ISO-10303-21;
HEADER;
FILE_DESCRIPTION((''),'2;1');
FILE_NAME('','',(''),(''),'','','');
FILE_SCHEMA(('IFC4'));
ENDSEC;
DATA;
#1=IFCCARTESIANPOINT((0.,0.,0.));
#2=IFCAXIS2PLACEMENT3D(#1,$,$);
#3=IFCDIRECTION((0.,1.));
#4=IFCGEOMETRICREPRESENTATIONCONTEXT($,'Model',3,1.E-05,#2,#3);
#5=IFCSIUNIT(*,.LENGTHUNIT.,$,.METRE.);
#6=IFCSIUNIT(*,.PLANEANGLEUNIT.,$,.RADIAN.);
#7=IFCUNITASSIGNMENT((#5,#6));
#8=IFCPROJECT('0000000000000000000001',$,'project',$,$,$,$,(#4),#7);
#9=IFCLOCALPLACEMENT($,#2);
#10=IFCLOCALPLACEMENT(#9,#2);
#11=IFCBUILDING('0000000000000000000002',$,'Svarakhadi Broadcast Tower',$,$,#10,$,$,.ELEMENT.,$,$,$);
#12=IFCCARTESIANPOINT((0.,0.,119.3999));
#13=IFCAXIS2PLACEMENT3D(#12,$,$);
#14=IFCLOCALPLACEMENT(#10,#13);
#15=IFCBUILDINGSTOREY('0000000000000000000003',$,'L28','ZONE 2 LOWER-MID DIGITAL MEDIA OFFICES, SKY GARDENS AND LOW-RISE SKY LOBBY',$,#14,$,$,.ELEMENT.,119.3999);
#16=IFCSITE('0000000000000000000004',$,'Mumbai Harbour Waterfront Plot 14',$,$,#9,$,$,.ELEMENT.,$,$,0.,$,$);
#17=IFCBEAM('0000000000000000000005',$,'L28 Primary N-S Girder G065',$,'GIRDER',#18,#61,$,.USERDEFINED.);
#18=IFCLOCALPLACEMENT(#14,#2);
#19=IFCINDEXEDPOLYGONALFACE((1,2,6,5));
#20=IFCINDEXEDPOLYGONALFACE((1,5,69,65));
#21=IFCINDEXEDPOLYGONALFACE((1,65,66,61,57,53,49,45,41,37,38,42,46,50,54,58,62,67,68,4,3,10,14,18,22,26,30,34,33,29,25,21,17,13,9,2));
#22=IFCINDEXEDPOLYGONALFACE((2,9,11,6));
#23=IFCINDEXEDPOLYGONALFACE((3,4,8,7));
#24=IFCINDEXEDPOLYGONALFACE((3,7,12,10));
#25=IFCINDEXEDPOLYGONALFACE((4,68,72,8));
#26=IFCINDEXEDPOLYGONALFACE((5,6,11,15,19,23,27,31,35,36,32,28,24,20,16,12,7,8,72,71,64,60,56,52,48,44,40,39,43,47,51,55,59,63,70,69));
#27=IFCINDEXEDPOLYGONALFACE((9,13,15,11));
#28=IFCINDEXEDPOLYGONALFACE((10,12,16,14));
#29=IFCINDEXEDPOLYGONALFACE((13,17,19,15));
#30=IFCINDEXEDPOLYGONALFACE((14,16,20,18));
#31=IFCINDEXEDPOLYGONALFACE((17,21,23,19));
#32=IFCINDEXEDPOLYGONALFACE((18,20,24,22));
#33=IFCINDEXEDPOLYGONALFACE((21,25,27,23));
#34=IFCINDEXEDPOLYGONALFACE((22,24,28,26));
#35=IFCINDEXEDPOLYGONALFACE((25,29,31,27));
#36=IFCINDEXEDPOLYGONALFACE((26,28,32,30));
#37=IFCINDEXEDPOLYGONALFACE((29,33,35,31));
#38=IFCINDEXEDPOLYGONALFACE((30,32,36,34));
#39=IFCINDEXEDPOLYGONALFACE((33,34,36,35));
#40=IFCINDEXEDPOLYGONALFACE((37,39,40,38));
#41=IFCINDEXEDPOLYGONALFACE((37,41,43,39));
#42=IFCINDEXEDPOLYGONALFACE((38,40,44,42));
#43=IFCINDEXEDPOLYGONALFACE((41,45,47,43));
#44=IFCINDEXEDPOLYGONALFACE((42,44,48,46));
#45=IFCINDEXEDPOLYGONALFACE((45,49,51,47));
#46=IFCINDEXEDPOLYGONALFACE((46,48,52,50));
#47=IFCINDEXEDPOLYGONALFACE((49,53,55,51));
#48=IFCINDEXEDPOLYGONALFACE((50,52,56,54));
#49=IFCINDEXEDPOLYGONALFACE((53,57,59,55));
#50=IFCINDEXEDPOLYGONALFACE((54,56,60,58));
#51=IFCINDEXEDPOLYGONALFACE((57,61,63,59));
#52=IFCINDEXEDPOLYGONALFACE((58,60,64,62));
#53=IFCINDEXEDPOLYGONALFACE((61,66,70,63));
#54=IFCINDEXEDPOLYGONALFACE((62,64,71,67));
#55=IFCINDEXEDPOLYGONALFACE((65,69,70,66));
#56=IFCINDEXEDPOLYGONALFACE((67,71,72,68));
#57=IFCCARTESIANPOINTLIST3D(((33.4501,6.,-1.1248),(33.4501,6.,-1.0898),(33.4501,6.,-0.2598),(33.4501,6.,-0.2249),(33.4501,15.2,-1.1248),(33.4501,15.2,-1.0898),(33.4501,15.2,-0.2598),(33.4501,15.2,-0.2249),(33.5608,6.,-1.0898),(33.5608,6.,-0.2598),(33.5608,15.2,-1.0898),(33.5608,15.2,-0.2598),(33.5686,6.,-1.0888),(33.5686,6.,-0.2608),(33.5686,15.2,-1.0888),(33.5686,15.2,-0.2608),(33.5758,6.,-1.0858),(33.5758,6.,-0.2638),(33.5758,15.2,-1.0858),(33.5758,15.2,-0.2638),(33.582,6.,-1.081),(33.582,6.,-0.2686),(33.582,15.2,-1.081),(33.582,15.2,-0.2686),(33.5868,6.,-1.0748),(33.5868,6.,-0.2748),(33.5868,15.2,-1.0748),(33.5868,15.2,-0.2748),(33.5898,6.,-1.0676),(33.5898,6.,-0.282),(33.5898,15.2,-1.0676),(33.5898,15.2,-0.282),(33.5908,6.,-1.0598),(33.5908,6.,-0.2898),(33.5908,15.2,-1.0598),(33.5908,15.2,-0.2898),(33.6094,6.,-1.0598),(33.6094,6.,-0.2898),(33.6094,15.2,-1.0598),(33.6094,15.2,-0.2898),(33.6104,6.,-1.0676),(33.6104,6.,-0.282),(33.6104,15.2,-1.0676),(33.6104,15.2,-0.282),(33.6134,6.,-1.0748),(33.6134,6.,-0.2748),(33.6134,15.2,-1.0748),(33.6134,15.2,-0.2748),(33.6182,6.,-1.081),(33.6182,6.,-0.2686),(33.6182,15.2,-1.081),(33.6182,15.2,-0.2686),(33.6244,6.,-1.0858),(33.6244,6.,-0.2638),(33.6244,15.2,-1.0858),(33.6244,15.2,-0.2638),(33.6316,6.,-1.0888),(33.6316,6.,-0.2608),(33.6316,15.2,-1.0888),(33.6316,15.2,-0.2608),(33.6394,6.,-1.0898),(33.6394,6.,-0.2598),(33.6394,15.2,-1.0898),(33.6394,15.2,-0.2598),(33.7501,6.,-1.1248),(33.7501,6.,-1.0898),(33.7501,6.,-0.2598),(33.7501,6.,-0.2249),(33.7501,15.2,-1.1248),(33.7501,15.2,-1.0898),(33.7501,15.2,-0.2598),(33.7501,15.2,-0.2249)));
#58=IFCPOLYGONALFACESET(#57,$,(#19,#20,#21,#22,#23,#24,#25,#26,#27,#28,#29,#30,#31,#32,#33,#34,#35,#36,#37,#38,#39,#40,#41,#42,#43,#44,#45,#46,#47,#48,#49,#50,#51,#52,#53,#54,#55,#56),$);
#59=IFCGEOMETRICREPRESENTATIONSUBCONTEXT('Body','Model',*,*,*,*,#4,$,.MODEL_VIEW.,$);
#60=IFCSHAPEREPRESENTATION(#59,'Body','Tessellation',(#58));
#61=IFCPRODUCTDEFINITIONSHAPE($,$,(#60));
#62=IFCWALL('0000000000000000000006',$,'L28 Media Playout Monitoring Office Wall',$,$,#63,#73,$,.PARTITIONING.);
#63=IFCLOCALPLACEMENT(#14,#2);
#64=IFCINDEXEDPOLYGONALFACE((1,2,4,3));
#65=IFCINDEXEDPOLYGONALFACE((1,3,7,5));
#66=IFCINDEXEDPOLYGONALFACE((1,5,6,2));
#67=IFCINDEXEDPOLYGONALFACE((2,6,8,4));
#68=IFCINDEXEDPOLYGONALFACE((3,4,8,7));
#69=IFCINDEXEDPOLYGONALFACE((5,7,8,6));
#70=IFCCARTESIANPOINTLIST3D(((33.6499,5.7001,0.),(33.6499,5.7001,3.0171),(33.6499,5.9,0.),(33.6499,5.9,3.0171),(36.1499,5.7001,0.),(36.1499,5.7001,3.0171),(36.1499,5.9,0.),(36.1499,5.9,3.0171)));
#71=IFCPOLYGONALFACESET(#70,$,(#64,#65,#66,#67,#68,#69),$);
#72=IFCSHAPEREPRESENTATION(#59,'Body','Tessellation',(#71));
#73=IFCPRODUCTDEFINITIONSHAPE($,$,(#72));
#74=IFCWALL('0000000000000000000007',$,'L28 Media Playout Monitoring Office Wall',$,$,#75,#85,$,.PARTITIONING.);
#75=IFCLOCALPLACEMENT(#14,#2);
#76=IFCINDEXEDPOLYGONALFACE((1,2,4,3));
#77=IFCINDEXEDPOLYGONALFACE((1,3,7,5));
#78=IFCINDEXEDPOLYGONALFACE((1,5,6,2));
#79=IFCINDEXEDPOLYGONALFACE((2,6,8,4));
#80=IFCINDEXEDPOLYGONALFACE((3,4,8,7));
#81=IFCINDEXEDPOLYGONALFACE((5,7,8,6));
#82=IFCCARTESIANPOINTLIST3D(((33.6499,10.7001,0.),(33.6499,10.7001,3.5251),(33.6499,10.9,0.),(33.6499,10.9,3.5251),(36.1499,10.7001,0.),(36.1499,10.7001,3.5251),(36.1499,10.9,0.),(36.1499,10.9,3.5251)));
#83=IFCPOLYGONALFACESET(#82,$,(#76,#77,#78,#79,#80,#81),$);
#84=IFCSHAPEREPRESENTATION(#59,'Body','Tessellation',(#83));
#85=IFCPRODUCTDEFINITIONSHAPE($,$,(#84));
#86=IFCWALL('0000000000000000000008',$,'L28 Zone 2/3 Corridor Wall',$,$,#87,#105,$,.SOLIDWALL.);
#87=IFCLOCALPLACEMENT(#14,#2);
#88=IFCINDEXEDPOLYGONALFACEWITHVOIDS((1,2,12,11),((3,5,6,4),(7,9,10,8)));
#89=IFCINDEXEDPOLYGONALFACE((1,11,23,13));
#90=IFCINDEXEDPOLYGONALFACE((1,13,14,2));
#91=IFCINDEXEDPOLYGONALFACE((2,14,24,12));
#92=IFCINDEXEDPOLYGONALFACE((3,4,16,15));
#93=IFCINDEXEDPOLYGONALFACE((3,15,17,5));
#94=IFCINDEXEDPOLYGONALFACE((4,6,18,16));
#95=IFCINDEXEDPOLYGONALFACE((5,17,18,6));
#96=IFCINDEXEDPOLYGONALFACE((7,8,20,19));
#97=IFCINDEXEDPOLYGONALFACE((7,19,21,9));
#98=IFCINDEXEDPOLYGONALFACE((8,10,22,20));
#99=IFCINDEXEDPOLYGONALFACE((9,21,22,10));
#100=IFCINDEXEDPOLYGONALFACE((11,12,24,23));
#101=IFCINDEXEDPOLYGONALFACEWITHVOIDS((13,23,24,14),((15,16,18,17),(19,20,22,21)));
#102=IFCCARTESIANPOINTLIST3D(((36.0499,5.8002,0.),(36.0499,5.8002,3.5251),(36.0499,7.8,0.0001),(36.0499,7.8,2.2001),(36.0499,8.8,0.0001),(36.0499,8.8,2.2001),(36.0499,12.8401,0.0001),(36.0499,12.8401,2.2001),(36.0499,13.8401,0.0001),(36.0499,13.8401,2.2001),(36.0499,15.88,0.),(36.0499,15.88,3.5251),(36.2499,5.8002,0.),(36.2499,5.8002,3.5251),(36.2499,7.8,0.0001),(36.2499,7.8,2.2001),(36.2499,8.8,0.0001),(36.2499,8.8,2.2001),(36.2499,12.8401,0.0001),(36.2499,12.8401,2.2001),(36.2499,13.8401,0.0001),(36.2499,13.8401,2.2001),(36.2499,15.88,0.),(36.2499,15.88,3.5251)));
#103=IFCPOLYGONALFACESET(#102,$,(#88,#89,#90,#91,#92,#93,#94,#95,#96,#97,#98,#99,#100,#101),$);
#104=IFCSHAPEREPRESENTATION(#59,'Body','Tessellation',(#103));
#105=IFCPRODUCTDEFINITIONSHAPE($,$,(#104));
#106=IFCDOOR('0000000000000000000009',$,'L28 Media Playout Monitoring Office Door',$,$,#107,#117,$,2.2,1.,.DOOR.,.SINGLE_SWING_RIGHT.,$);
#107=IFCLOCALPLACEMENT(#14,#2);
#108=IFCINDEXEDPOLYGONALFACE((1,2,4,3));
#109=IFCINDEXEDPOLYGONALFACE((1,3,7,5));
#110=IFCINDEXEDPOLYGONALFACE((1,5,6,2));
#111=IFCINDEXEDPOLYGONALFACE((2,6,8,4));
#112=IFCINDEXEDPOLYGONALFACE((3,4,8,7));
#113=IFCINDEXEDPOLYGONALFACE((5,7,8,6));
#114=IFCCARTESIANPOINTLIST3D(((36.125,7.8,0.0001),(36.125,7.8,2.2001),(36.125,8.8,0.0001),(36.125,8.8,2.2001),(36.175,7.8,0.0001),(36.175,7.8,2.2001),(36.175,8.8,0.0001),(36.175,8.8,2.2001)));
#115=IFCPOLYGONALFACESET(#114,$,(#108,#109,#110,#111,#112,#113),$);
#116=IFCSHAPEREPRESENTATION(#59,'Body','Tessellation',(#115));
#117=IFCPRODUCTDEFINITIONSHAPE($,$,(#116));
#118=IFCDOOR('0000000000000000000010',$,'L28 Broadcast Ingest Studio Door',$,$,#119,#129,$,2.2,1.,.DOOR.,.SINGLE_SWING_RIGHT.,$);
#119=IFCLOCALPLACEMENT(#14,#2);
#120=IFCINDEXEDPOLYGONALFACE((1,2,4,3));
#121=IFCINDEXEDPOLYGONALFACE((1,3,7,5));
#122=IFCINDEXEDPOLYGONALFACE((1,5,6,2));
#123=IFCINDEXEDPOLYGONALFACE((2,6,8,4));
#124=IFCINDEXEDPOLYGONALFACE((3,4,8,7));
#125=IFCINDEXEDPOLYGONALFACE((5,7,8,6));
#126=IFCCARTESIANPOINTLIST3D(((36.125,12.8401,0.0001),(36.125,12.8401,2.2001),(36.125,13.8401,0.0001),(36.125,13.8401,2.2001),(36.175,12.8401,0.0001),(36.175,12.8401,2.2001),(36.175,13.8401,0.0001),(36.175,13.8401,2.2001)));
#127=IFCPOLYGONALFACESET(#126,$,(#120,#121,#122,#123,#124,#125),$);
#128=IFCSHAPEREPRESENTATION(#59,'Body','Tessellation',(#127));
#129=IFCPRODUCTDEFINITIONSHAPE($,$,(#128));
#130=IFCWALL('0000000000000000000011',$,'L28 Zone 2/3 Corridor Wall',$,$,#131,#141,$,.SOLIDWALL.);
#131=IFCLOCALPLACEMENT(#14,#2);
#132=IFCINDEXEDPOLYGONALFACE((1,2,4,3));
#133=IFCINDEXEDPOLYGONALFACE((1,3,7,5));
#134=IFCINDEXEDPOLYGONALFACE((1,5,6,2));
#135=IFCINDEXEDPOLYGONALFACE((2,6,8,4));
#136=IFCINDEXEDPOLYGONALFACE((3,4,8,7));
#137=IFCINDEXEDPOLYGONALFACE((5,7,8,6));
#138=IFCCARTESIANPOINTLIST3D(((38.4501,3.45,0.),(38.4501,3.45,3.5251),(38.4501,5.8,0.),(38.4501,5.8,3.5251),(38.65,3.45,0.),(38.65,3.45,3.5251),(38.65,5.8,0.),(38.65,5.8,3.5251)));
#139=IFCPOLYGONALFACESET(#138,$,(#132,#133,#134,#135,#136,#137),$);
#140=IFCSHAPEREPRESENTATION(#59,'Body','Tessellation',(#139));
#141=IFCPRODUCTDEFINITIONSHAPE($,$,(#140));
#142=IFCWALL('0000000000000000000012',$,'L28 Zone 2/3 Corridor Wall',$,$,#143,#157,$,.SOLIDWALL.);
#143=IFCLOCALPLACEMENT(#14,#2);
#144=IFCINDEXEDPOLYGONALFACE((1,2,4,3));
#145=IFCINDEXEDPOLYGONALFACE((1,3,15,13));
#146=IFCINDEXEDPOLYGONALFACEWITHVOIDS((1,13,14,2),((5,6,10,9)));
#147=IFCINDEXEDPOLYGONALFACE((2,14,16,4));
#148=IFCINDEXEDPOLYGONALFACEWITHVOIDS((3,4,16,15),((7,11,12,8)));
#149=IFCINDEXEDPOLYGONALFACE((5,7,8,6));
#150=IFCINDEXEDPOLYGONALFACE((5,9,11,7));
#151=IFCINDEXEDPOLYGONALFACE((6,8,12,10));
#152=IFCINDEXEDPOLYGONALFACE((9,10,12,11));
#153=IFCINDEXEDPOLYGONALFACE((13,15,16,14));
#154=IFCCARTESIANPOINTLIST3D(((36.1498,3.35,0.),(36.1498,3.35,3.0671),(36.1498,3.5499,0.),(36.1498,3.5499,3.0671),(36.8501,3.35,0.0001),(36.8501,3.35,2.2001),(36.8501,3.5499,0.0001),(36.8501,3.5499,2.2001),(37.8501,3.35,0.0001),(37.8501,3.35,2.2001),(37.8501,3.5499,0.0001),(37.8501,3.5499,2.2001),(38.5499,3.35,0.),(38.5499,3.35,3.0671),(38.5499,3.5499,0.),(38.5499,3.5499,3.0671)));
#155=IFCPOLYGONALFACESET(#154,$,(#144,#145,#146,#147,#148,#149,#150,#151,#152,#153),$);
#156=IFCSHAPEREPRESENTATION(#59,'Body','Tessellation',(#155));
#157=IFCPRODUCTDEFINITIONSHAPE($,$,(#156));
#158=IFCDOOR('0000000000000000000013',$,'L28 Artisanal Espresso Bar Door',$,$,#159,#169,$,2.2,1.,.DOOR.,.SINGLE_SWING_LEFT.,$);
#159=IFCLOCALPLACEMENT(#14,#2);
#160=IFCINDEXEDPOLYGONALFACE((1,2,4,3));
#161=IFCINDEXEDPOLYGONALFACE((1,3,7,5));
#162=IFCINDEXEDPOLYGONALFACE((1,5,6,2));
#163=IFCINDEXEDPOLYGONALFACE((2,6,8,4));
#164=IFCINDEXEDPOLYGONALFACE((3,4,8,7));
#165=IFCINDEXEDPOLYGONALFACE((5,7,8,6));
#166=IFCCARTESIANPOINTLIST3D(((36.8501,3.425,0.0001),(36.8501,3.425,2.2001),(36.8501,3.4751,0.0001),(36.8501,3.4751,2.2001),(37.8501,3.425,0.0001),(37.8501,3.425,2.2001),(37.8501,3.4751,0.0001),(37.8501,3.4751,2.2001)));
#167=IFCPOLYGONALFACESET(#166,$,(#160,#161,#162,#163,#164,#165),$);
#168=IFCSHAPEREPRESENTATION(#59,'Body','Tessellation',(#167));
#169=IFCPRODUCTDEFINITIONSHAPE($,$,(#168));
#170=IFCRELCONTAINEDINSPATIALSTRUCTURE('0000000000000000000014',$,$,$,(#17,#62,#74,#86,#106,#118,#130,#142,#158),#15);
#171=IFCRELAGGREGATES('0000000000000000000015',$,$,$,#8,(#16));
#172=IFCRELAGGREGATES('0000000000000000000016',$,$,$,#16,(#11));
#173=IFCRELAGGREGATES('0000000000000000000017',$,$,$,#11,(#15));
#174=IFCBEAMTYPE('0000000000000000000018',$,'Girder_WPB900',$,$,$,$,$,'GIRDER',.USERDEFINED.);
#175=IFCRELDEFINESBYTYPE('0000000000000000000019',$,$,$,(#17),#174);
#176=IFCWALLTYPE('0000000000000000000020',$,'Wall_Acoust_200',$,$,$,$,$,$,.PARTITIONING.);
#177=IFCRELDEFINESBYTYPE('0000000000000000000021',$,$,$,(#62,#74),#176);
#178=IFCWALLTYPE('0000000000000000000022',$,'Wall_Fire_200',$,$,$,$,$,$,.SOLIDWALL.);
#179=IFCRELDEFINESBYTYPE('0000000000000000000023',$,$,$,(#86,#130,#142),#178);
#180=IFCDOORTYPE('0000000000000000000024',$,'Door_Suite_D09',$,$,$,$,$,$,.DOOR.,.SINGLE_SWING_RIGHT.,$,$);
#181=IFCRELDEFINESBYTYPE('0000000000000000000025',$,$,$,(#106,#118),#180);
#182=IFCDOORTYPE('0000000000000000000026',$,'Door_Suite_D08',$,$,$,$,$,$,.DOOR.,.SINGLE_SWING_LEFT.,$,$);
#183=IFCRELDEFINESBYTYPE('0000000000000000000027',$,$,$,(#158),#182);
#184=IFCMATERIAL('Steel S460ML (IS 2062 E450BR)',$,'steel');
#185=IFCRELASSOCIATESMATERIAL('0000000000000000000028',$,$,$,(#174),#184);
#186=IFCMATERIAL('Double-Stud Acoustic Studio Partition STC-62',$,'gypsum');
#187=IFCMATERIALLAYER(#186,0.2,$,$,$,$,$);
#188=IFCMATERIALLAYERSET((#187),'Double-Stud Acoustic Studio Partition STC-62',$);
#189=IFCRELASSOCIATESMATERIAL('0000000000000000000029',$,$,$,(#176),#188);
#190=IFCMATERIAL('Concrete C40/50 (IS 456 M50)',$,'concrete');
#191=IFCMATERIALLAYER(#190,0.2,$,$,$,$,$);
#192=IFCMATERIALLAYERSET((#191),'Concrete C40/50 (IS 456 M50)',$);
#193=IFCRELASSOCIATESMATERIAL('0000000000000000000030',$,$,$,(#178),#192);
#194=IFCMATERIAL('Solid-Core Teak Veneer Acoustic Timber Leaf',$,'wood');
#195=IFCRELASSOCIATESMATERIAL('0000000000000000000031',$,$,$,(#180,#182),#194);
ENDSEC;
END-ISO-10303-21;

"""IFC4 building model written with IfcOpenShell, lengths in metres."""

from ifc_helpers import new_model, si_unit, direction, frame, frame_2d, origin, origin_2d, place, context, subcontext, project, spatial, rectangle, i_section, extrude, material, layer, layer_set, material_profile, profile_set, type_object, element, fill, save


model = new_model("IFC4")

# Units and contexts
model_context = context("Model", 3, precision=1e-05, world=origin(), true_north=direction((0.0, 1.0)))
body_context = subcontext(model_context, "Body", "Model", "MODEL_VIEW")
ifc_project = project(units=[si_unit("LENGTHUNIT", "METRE"), si_unit("PLANEANGLEUNIT", "RADIAN")], contexts=[model_context])

# Site, building, storey
site_placement = place(None, origin())
site = spatial("IfcSite", under=ifc_project, at=site_placement, Name="Mumbai Harbour Waterfront Plot 14", CompositionType="ELEMENT", RefElevation=0.0)
building_placement = place(site_placement, origin())
building = spatial("IfcBuilding", under=site, at=building_placement, Name="Svarakhadi Broadcast Tower", CompositionType="ELEMENT")
storey_placement = place(building_placement, frame((0.0, 0.0, 119.3999)))
storey = spatial("IfcBuildingStorey", under=building, at=storey_placement, Name="L28", Description="ZONE 2 LOWER-MID DIGITAL MEDIA OFFICES, SKY GARDENS AND LOW-RISE SKY LOBBY", CompositionType="ELEMENT", Elevation=119.3999)

# Shared definitions
ifc_material_1 = material(Name="Steel S460ML (IS 2062 E450BR)", Category="steel")

# Beam
ifc_material_profile_1 = material_profile(ifc_material_1, i_section(OverallWidth=0.3, OverallDepth=0.8999, WebThickness=0.0186, FlangeThickness=0.0349, FilletRadius=0.03, at=origin_2d()), Name="WPB 900x300x291")
ifc_profile_set_1 = profile_set([ifc_material_profile_1], Name="Steel S460ML (IS 2062 E450BR)")
beam_type_1 = type_object("IfcBeamType", Name="Girder_WPB900", ElementType="GIRDER", PredefinedType="USERDEFINED", material=ifc_profile_set_1)
beam_1_placement = place(storey_placement, frame((33.6001, 6.0, -0.6748), z_axis=(0.0, 1.0, 0.0), x_axis=(-1.0, 0.0, 0.0)))
element("IfcBeam", 1, at=beam_1_placement, inside=storey, type_object=beam_type_1, Name="L28 Primary N-S Girder G065", ObjectType="GIRDER", PredefinedType="USERDEFINED", context=body_context, shape_type="SweptSolid", body=[
    extrude(i_section(OverallWidth=0.3, OverallDepth=0.8999, WebThickness=0.0186, FlangeThickness=0.0349, FilletRadius=0.03, at=origin_2d()), origin(), (0.0, 0.0, 1.0), 9.2),
])

# Walls
ifc_material_2 = material(Name="Double-Stud Acoustic Studio Partition STC-62", Category="gypsum")
ifc_layer_1 = layer(ifc_material_2, 0.2)
ifc_layer_set_1 = layer_set([ifc_layer_1], Name="Double-Stud Acoustic Studio Partition STC-62")
wall_type_1 = type_object("IfcWallType", Name="Wall_Acoust_200", PredefinedType="PARTITIONING", material=ifc_layer_set_1)
wall_1_placement = place(storey_placement, frame((33.6499, 5.8, 0.0), z_axis=(0.0, 0.0, 1.0), x_axis=(1.0, 0.0, 0.0)))
element("IfcWall", 2, at=wall_1_placement, inside=storey, type_object=wall_type_1, Name="L28 Media Playout Monitoring Office Wall", PredefinedType="PARTITIONING", context=body_context, shape_type="SweptSolid", body=[
    extrude(rectangle(XDim=2.5, YDim=0.2, at=frame_2d((1.25, 0.0))), origin(), (0.0, 0.0, 1.0), 3.0171),
])
wall_2_placement = place(storey_placement, frame((33.6499, 10.8, 0.0), z_axis=(0.0, 0.0, 1.0), x_axis=(1.0, 0.0, 0.0)))
element("IfcWall", 3, at=wall_2_placement, inside=storey, type_object=wall_type_1, Name="L28 Media Playout Monitoring Office Wall", PredefinedType="PARTITIONING", context=body_context, shape_type="SweptSolid", body=[
    extrude(rectangle(XDim=2.5, YDim=0.2, at=frame_2d((1.25, 0.0))), origin(), (0.0, 0.0, 1.0), 3.5251),
])

# Wall, openings, doors
ifc_material_3 = material(Name="Concrete C40/50 (IS 456 M50)", Category="concrete")
ifc_layer_2 = layer(ifc_material_3, 0.2)
ifc_layer_set_2 = layer_set([ifc_layer_2], Name="Concrete C40/50 (IS 456 M50)")
wall_type_2 = type_object("IfcWallType", Name="Wall_Fire_200", PredefinedType="SOLIDWALL", material=ifc_layer_set_2)
wall_3_placement = place(storey_placement, frame((36.1499, 5.8, 0.0), z_axis=(0.0, 0.0, 1.0), x_axis=(0.0, 1.0, 0.0)))
wall_3 = element("IfcWall", 4, at=wall_3_placement, inside=storey, type_object=wall_type_2, Name="L28 Zone 2/3 Corridor Wall", PredefinedType="SOLIDWALL", context=body_context, shape_type="SweptSolid", body=[
    extrude(rectangle(XDim=10.0798, YDim=0.2, at=frame_2d((5.04, 0.0))), origin(), (0.0, 0.0, 1.0), 3.5251),
])
opening_1_placement = place(wall_3_placement, frame((2.0, 0.0, 0.0)))
opening_1 = element("IfcOpeningElement", 5, at=opening_1_placement, cuts=wall_3, PredefinedType="OPENING", context=body_context, shape_type="SweptSolid", body=[
    extrude(rectangle(XDim=1.0, YDim=2.2, at=frame_2d((0.5, 1.1001))), frame((0.0, 0.1099, 0.0), z_axis=(0.0, -1.0, 0.0), x_axis=(1.0, 0.0, 0.0)), (0.0, 0.0, 1.0), 0.22),
])
opening_2_placement = place(wall_3_placement, frame((7.04, 0.0, 0.0)))
opening_2 = element("IfcOpeningElement", 6, at=opening_2_placement, cuts=wall_3, PredefinedType="OPENING", context=body_context, shape_type="SweptSolid", body=[
    extrude(rectangle(XDim=1.0, YDim=2.2, at=frame_2d((0.5, 1.1001))), frame((0.0, 0.1099, 0.0), z_axis=(0.0, -1.0, 0.0), x_axis=(1.0, 0.0, 0.0)), (0.0, 0.0, 1.0), 0.22),
])
ifc_material_4 = material(Name="Solid-Core Teak Veneer Acoustic Timber Leaf", Category="wood")
door_type_1 = type_object("IfcDoorType", Name="Door_Suite_D09", OperationType="SINGLE_SWING_RIGHT", PredefinedType="DOOR", material=ifc_material_4)
door_1_placement = place(opening_1_placement, origin())
door_1 = element("IfcDoor", 7, at=door_1_placement, inside=storey, type_object=door_type_1, Name="L28 Media Playout Monitoring Office Door", OperationType="SINGLE_SWING_RIGHT", OverallHeight=2.2, OverallWidth=1.0, PredefinedType="DOOR", context=body_context, shape_type="SweptSolid", body=[
    extrude(rectangle(XDim=1.0, YDim=2.2, at=frame_2d((0.5, 1.1001))), frame((0.0, 0.0249, 0.0), z_axis=(0.0, -1.0, 0.0), x_axis=(1.0, 0.0, 0.0)), (0.0, 0.0, 1.0), 0.05),
])
fill(opening_1, door_1)
door_2_placement = place(opening_2_placement, origin())
door_2 = element("IfcDoor", 8, at=door_2_placement, inside=storey, type_object=door_type_1, Name="L28 Broadcast Ingest Studio Door", OperationType="SINGLE_SWING_RIGHT", OverallHeight=2.2, OverallWidth=1.0, PredefinedType="DOOR", context=body_context, shape_type="SweptSolid", body=[
    extrude(rectangle(XDim=1.0, YDim=2.2, at=frame_2d((0.5, 1.1001))), frame((0.0, 0.0249, 0.0), z_axis=(0.0, -1.0, 0.0), x_axis=(1.0, 0.0, 0.0)), (0.0, 0.0, 1.0), 0.05),
])
fill(opening_2, door_2)

# Wall
wall_4_placement = place(storey_placement, frame((38.55, 5.8, 0.0), z_axis=(0.0, 0.0, 1.0), x_axis=(0.0, -1.0, 0.0)))
element("IfcWall", 9, at=wall_4_placement, inside=storey, type_object=wall_type_2, Name="L28 Zone 2/3 Corridor Wall", PredefinedType="SOLIDWALL", context=body_context, shape_type="SweptSolid", body=[
    extrude(rectangle(XDim=2.3501, YDim=0.2, at=frame_2d((1.175, 0.0))), origin(), (0.0, 0.0, 1.0), 3.5251),
])

# Wall, opening, door
wall_5_placement = place(storey_placement, frame((38.55, 3.45, 0.0), z_axis=(0.0, 0.0, 1.0), x_axis=(-1.0, 0.0, 0.0)))
wall_5 = element("IfcWall", 10, at=wall_5_placement, inside=storey, type_object=wall_type_2, Name="L28 Zone 2/3 Corridor Wall", PredefinedType="SOLIDWALL", context=body_context, shape_type="SweptSolid", body=[
    extrude(rectangle(XDim=2.4001, YDim=0.2, at=frame_2d((1.2002, 0.0))), origin(), (0.0, 0.0, 1.0), 3.0671),
])
opening_3_placement = place(wall_5_placement, frame((0.7, 0.0, 0.0)))
opening_3 = element("IfcOpeningElement", 11, at=opening_3_placement, cuts=wall_5, PredefinedType="OPENING", context=body_context, shape_type="SweptSolid", body=[
    extrude(rectangle(XDim=1.0, YDim=2.2, at=frame_2d((0.5, 1.1001))), frame((0.0, 0.1099, 0.0), z_axis=(0.0, -1.0, 0.0), x_axis=(1.0, 0.0, 0.0)), (0.0, 0.0, 1.0), 0.22),
])
door_type_2 = type_object("IfcDoorType", Name="Door_Suite_D08", OperationType="SINGLE_SWING_LEFT", PredefinedType="DOOR", material=ifc_material_4)
door_3_placement = place(opening_3_placement, origin())
door_3 = element("IfcDoor", 12, at=door_3_placement, inside=storey, type_object=door_type_2, Name="L28 Artisanal Espresso Bar Door", OperationType="SINGLE_SWING_LEFT", OverallHeight=2.2, OverallWidth=1.0, PredefinedType="DOOR", context=body_context, shape_type="SweptSolid", body=[
    extrude(rectangle(XDim=1.0, YDim=2.2, at=frame_2d((0.5, 1.1001))), frame((0.0, 0.0249, 0.0), z_axis=(0.0, -1.0, 0.0), x_axis=(1.0, 0.0, 0.0)), (0.0, 0.0, 1.0), 0.05),
])
fill(opening_3, door_3)

save(model, "model.ifc")
